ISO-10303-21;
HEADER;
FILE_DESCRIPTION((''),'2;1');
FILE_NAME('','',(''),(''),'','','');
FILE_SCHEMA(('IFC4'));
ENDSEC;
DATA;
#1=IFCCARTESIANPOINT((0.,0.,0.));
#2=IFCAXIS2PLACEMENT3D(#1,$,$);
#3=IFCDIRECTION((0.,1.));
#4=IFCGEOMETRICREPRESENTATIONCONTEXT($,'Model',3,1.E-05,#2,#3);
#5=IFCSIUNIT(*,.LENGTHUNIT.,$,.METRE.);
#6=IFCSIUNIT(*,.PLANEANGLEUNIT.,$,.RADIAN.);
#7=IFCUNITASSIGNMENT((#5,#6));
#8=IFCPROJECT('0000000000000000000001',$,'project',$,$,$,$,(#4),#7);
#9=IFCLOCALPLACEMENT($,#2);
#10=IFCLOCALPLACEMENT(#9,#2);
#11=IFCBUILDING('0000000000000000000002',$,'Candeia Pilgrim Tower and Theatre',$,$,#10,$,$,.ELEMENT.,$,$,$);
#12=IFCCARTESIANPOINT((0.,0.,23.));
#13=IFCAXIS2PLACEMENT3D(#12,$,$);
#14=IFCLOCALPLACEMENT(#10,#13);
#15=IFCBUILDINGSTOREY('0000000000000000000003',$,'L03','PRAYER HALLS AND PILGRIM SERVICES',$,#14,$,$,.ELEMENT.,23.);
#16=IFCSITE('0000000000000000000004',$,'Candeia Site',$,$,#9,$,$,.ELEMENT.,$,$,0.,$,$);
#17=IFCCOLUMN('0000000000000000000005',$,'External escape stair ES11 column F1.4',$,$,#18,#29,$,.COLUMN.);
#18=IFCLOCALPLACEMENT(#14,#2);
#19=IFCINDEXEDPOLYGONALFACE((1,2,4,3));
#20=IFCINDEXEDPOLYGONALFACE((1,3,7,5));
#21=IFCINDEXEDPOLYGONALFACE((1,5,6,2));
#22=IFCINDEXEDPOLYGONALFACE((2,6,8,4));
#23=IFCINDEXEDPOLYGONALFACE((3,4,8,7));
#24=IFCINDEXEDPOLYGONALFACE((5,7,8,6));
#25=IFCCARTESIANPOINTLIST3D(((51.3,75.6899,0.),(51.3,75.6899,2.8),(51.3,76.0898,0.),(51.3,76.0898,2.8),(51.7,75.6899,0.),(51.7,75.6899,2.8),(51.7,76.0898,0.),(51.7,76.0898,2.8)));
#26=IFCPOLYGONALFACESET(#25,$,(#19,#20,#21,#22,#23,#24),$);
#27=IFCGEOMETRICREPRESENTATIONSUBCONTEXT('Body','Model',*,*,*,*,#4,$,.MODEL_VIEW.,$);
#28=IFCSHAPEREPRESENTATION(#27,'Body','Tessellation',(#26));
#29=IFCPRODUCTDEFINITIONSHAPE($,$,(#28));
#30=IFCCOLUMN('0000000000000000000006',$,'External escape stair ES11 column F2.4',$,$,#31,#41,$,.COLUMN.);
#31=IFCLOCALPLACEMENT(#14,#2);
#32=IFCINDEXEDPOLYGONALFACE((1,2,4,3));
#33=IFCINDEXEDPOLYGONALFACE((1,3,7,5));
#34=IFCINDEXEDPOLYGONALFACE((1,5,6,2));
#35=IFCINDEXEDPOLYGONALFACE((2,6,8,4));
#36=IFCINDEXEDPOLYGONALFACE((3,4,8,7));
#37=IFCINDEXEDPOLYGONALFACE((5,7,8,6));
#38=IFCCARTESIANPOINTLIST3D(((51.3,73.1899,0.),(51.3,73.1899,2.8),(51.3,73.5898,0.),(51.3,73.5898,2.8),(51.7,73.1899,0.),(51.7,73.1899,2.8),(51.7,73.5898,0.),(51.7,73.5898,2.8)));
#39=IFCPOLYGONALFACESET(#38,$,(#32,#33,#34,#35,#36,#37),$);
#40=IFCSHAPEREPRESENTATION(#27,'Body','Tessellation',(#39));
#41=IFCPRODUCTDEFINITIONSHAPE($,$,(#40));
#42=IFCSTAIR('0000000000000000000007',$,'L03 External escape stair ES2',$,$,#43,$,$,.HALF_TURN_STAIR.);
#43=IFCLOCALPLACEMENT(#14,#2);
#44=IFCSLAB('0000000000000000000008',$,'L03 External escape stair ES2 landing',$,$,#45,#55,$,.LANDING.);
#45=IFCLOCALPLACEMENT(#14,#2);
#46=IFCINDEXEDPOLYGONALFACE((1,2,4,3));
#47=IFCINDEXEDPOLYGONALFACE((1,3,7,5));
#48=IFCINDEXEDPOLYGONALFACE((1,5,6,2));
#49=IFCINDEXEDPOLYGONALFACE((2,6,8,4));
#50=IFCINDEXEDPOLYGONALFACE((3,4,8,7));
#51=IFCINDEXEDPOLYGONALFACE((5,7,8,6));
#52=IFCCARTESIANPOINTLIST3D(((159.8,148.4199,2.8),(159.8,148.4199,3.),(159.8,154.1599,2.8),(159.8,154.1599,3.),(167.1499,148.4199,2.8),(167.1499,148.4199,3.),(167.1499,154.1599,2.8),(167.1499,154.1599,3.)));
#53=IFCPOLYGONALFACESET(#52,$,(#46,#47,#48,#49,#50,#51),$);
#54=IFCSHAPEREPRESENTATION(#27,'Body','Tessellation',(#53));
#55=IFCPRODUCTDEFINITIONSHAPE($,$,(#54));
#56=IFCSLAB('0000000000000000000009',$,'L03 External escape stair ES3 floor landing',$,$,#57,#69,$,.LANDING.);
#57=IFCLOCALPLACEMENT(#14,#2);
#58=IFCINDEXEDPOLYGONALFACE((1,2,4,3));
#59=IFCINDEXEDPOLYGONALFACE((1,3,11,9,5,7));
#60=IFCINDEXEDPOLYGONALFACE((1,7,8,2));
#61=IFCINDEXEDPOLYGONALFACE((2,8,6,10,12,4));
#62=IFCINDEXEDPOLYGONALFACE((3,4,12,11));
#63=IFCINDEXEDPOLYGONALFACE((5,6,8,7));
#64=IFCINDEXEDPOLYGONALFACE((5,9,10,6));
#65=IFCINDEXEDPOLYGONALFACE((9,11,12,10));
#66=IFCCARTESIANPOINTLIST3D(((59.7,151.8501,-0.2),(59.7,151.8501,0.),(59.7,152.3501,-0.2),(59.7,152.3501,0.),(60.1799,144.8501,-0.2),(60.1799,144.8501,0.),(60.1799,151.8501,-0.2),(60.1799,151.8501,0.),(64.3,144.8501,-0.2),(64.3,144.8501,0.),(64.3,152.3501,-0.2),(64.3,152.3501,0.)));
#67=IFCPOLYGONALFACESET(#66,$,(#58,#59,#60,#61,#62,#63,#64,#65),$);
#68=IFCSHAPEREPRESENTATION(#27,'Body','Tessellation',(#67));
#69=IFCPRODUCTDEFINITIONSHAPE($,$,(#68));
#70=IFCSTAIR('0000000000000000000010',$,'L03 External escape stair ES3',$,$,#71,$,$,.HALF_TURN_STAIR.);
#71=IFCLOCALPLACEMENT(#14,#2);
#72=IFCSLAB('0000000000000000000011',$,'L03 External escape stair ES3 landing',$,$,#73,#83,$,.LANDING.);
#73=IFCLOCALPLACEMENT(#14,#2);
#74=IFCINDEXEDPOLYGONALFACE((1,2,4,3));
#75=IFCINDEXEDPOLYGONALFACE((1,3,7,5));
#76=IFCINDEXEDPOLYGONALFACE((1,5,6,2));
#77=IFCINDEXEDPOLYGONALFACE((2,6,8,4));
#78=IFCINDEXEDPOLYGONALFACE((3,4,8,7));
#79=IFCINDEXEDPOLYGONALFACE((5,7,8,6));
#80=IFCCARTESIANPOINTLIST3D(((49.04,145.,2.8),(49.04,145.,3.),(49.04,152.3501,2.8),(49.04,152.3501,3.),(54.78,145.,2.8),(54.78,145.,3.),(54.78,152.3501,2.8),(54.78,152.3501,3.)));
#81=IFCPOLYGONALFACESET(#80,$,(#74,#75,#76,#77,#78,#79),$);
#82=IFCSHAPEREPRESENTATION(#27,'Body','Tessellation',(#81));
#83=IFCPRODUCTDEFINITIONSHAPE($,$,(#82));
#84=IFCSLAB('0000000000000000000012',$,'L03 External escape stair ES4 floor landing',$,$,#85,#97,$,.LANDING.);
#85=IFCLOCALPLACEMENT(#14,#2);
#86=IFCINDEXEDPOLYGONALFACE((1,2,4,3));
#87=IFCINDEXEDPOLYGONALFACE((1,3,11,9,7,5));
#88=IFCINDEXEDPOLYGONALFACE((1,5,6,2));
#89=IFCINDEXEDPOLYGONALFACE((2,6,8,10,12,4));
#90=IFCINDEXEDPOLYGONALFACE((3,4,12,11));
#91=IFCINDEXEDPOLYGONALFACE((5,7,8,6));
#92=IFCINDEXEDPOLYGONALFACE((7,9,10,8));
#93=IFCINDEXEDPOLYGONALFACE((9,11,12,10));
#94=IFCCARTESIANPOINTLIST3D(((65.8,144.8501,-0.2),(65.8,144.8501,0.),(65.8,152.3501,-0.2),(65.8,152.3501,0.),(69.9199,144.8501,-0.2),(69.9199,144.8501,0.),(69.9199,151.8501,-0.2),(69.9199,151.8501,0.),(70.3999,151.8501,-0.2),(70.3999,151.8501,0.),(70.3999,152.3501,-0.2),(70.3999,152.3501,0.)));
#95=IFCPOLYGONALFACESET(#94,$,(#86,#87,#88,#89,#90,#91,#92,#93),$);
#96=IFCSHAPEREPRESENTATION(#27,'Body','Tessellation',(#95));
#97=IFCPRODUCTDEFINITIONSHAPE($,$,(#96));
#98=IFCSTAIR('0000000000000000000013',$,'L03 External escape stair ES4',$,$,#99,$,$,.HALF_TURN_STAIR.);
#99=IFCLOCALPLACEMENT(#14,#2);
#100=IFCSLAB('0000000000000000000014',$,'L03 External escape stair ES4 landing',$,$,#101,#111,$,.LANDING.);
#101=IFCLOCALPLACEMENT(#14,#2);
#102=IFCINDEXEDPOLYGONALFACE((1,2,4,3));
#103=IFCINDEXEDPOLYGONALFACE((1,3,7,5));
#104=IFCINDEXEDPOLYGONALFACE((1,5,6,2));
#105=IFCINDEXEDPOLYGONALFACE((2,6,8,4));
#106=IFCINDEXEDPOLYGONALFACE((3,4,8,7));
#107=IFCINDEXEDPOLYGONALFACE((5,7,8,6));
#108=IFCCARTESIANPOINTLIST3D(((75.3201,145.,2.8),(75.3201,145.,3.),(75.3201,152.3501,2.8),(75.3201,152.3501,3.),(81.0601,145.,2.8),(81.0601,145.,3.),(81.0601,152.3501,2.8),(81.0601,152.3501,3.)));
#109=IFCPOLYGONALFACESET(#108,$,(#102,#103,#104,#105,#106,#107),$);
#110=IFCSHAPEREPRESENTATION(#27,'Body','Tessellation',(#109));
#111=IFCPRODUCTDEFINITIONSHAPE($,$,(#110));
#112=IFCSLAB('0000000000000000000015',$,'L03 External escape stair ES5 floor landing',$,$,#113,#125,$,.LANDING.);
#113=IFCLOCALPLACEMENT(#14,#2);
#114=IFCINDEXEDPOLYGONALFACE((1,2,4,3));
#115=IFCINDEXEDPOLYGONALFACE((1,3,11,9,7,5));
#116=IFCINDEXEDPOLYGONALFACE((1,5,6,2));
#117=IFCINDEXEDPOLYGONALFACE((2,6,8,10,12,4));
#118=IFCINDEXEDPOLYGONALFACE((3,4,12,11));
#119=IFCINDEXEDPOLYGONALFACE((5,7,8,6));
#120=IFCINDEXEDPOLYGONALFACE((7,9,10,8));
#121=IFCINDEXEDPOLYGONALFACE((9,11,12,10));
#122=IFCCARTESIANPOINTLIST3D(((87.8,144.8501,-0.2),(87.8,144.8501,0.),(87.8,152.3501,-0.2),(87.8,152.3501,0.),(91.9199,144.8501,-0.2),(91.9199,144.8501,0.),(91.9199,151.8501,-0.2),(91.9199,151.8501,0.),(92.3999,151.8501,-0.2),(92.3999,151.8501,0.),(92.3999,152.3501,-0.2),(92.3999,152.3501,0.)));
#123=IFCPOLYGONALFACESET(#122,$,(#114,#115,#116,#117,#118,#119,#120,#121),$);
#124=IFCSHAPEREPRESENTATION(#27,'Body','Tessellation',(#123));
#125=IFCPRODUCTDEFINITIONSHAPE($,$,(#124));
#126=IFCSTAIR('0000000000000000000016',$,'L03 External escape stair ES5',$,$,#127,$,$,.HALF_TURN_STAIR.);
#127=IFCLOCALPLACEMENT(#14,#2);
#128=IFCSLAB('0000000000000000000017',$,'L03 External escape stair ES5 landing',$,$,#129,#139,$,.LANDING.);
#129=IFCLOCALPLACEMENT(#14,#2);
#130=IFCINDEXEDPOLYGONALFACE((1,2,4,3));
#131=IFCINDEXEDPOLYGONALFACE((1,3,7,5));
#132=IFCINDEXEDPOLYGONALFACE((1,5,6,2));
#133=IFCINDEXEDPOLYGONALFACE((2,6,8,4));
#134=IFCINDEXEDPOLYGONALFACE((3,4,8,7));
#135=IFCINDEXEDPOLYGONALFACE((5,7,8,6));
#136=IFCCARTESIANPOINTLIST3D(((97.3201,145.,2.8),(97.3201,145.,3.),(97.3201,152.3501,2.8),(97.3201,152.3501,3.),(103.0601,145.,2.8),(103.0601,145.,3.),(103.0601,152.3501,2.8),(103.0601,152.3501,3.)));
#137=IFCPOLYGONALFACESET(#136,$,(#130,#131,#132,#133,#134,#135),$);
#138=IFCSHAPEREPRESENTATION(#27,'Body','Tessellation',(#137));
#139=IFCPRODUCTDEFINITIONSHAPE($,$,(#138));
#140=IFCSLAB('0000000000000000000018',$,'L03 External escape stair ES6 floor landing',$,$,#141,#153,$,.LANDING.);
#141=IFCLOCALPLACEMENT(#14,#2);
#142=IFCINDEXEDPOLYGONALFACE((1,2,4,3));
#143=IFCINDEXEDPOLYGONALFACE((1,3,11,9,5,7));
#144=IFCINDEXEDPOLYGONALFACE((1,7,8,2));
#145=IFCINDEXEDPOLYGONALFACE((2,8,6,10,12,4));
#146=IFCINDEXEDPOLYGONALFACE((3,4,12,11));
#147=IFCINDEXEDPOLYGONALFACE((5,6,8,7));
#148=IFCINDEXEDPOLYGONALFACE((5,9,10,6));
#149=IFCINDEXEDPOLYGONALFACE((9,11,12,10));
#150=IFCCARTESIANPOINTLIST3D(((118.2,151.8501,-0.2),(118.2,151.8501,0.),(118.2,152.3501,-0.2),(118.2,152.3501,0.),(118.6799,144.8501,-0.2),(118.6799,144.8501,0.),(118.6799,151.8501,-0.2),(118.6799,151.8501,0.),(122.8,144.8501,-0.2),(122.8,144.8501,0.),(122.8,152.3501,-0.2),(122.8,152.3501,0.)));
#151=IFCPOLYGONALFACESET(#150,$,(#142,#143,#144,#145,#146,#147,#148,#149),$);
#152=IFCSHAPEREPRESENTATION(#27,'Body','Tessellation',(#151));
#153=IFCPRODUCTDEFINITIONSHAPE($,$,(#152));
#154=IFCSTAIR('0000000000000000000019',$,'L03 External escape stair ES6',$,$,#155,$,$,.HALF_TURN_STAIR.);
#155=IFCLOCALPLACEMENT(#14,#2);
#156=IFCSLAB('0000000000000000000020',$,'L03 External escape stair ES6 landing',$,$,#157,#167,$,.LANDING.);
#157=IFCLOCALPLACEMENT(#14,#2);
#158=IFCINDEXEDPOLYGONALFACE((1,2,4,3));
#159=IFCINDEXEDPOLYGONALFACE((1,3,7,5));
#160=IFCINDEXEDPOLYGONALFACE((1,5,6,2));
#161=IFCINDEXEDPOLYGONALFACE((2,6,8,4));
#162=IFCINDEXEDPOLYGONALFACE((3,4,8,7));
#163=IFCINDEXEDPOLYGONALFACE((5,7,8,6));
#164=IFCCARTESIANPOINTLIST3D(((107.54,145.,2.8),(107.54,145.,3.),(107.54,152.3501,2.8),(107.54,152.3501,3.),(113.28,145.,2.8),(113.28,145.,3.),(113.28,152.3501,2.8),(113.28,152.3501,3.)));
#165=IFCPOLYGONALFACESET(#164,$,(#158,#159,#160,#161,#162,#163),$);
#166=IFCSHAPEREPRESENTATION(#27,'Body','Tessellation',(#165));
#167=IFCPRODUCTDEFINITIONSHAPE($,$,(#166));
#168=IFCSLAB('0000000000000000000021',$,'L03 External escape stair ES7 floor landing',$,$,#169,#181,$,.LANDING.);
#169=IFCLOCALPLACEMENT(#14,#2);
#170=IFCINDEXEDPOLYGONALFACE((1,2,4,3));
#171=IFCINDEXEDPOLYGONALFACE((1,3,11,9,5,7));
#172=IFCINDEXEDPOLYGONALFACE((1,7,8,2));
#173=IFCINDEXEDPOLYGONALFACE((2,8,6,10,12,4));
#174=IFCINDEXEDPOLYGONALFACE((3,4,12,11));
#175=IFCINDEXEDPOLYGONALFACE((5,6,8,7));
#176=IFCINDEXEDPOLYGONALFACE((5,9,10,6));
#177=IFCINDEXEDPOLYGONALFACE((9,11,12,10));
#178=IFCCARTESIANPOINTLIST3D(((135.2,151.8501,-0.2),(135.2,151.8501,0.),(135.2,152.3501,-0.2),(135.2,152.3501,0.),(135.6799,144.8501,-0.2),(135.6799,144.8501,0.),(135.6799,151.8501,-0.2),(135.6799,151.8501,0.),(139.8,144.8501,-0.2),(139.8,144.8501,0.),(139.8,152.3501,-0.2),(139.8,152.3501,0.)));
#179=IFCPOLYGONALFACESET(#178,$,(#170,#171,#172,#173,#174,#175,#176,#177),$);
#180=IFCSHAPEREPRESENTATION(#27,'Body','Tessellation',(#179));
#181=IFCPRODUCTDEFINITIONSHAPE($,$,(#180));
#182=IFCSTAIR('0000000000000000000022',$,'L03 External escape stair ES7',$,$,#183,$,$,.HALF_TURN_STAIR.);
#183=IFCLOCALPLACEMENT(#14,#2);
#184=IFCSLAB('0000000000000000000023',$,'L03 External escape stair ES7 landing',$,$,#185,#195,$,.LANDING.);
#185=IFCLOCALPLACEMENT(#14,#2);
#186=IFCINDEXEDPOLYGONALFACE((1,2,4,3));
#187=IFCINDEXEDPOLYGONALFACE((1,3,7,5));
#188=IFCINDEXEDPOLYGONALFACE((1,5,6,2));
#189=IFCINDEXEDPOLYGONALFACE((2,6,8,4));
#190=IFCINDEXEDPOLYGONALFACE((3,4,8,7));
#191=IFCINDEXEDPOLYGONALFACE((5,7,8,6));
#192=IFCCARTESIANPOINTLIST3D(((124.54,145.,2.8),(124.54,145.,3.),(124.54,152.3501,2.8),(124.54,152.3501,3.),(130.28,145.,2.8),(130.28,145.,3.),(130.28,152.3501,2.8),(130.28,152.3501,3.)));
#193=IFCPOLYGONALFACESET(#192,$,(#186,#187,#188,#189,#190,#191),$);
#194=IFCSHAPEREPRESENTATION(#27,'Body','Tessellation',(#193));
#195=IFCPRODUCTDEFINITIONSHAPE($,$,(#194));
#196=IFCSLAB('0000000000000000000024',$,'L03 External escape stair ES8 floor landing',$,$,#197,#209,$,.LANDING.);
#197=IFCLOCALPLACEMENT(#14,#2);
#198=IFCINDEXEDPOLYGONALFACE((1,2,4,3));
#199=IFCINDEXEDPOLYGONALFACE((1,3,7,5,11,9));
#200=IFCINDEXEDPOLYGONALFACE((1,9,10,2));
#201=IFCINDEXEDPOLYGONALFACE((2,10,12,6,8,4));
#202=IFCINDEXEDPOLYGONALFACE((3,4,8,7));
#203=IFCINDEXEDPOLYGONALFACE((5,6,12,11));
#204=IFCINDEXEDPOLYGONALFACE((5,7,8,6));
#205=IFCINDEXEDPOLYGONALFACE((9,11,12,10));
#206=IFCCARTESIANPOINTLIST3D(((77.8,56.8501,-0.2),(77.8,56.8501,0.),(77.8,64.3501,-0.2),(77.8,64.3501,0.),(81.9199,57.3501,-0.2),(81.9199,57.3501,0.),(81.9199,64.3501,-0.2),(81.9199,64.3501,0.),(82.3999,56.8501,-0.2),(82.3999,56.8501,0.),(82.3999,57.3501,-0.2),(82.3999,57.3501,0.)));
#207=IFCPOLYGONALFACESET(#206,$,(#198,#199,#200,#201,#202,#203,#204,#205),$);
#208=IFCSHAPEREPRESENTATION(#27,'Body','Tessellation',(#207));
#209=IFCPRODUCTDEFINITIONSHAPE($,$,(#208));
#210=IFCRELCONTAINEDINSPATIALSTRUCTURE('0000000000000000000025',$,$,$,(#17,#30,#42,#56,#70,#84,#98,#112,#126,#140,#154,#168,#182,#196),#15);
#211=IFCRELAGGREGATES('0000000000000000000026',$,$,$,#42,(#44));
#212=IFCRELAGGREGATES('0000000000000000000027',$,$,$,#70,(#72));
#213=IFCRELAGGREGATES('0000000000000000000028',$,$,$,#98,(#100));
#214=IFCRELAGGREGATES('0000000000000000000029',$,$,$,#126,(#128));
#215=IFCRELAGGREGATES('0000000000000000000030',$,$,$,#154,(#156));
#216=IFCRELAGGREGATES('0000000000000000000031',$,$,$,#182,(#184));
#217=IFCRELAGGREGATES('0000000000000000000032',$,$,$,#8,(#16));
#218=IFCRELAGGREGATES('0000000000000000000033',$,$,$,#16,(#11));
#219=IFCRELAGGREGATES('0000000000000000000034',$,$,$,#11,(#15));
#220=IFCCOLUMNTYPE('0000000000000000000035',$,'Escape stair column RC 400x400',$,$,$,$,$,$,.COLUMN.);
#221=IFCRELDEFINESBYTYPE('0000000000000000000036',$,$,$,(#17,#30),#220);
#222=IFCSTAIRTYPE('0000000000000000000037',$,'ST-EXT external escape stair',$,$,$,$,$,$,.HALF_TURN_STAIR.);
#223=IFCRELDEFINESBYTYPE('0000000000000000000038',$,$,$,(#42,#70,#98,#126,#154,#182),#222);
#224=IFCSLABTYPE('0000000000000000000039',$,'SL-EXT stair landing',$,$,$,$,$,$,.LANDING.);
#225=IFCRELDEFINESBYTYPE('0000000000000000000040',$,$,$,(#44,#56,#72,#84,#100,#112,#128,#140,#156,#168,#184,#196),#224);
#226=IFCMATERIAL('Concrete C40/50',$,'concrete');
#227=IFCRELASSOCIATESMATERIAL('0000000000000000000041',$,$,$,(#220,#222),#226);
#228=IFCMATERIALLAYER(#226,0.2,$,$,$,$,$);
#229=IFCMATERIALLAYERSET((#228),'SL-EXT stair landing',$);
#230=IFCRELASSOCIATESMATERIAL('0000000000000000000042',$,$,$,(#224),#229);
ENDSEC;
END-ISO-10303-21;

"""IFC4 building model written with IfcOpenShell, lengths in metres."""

from ifc_helpers import new_model, si_unit, direction, frame, origin, origin_2d, place, context, subcontext, project, spatial, polyline, rectangle, outline, extrude, material, layer, layer_set, material_profile, profile_set, type_object, element, aggregate, save


model = new_model("IFC4")

# Units and contexts
model_context = context("Model", 3, precision=1e-05, world=origin(), true_north=direction((0.0, 1.0)))
body_context = subcontext(model_context, "Body", "Model", "MODEL_VIEW")
ifc_project = project(units=[si_unit("LENGTHUNIT", "METRE"), si_unit("PLANEANGLEUNIT", "RADIAN")], contexts=[model_context])

# Site, building, storey
site_placement = place(None, origin())
site = spatial("IfcSite", under=ifc_project, at=site_placement, Name="Candeia Site", CompositionType="ELEMENT", RefElevation=0.0)
building_placement = place(site_placement, origin())
building = spatial("IfcBuilding", under=site, at=building_placement, Name="Candeia Pilgrim Tower and Theatre", CompositionType="ELEMENT")
storey_placement = place(building_placement, frame((0.0, 0.0, 23.0)))
storey = spatial("IfcBuildingStorey", under=building, at=storey_placement, Name="L03", Description="PRAYER HALLS AND PILGRIM SERVICES", CompositionType="ELEMENT", Elevation=23.0)

# Columns
ifc_material_1 = material(Name="Concrete C40/50", Category="concrete")
ifc_material_profile = material_profile(ifc_material_1, rectangle(XDim=0.3999, YDim=0.3999, at=origin_2d()))
ifc_profile_set = profile_set([ifc_material_profile], Name="Concrete C40/50")
column_type = type_object("IfcColumnType", Name="Escape stair column RC 400x400", PredefinedType="COLUMN", material=ifc_profile_set)
for number, where, z_axis, x_axis, name in (
    (1, (51.5, 75.8899, 0.0), (0.0, 0.0, 1.0), (1.0, 0.0, 0.0), "External escape stair ES11 column F1.4"),
    (2, (51.5, 73.3899, 0.0), (0.0, 0.0, 1.0), (1.0, 0.0, 0.0), "External escape stair ES11 column F2.4"),
):
    element("IfcColumn", number, at=place(storey_placement, frame(where, z_axis=z_axis, x_axis=x_axis)), inside=storey, type_object=column_type, Name=name, PredefinedType="COLUMN", context=body_context, shape_type="SweptSolid", body=[
        extrude(rectangle(XDim=0.3999, YDim=0.3999, at=origin_2d()), origin(), (0.0, 0.0, 1.0), 2.8),
    ])

# Stair, slab
stair_type = type_object("IfcStairType", Name="ST-EXT external escape stair", PredefinedType="HALF_TURN_STAIR", material=ifc_material_1)
stair_1_placement = place(storey_placement, origin())
stair_1 = element("IfcStair", 3, at=stair_1_placement, inside=storey, type_object=stair_type, Name="L03 External escape stair ES2", PredefinedType="HALF_TURN_STAIR")
ifc_layer = layer(ifc_material_1, 0.2)
ifc_layer_set = layer_set([ifc_layer], Name="SL-EXT stair landing")
slab_type = type_object("IfcSlabType", Name="SL-EXT stair landing", PredefinedType="LANDING", material=ifc_layer_set)
slab_1_placement = place(storey_placement, frame((0.0, 0.0, 2.8)))
slab_1 = element("IfcSlab", 4, at=slab_1_placement, type_object=slab_type, Name="L03 External escape stair ES2 landing", PredefinedType="LANDING", context=body_context, shape_type="SweptSolid", body=[
    extrude(outline(polyline([(159.8, 148.4199), (159.8, 154.1599), (167.1499, 154.1599), (167.1499, 148.4199), (159.8, 148.4199)])), origin(), (0.0, 0.0, 1.0), 0.2),
])
aggregate(stair_1, [slab_1])

# Slab
slab_2_placement = place(storey_placement, frame((0.0, 0.0, -0.2)))
element("IfcSlab", 5, at=slab_2_placement, inside=storey, type_object=slab_type, Name="L03 External escape stair ES3 floor landing", PredefinedType="LANDING", context=body_context, shape_type="SweptSolid", body=[
    extrude(outline(polyline([(64.3, 144.8501), (60.1799, 144.8501), (60.1799, 151.8501), (59.7, 151.8501), (59.7, 152.3501), (64.3, 152.3501), (64.3, 144.8501)])), origin(), (0.0, 0.0, 1.0), 0.2),
])

# Stair, slab
stair_2_placement = place(storey_placement, origin())
stair_2 = element("IfcStair", 6, at=stair_2_placement, inside=storey, type_object=stair_type, Name="L03 External escape stair ES3", PredefinedType="HALF_TURN_STAIR")
slab_3_placement = place(storey_placement, frame((0.0, 0.0, 2.8)))
slab_3 = element("IfcSlab", 7, at=slab_3_placement, type_object=slab_type, Name="L03 External escape stair ES3 landing", PredefinedType="LANDING", context=body_context, shape_type="SweptSolid", body=[
    extrude(outline(polyline([(54.78, 145.0), (49.04, 145.0), (49.04, 152.3501), (54.78, 152.3501), (54.78, 145.0)])), origin(), (0.0, 0.0, 1.0), 0.2),
])
aggregate(stair_2, [slab_3])

# Slab
slab_4_placement = place(storey_placement, frame((0.0, 0.0, -0.2)))
element("IfcSlab", 8, at=slab_4_placement, inside=storey, type_object=slab_type, Name="L03 External escape stair ES4 floor landing", PredefinedType="LANDING", context=body_context, shape_type="SweptSolid", body=[
    extrude(outline(polyline([(65.8, 144.8501), (69.9199, 144.8501), (69.9199, 151.8501), (70.3999, 151.8501), (70.3999, 152.3501), (65.8, 152.3501), (65.8, 144.8501)])), origin(), (0.0, 0.0, 1.0), 0.2),
])

# Stair, slab
stair_3_placement = place(storey_placement, origin())
stair_3 = element("IfcStair", 9, at=stair_3_placement, inside=storey, type_object=stair_type, Name="L03 External escape stair ES4", PredefinedType="HALF_TURN_STAIR")
slab_5_placement = place(storey_placement, frame((0.0, 0.0, 2.8)))
slab_5 = element("IfcSlab", 10, at=slab_5_placement, type_object=slab_type, Name="L03 External escape stair ES4 landing", PredefinedType="LANDING", context=body_context, shape_type="SweptSolid", body=[
    extrude(outline(polyline([(75.3201, 145.0), (81.0601, 145.0), (81.0601, 152.3501), (75.3201, 152.3501), (75.3201, 145.0)])), origin(), (0.0, 0.0, 1.0), 0.2),
])
aggregate(stair_3, [slab_5])

# Slab
slab_6_placement = place(storey_placement, frame((0.0, 0.0, -0.2)))
element("IfcSlab", 11, at=slab_6_placement, inside=storey, type_object=slab_type, Name="L03 External escape stair ES5 floor landing", PredefinedType="LANDING", context=body_context, shape_type="SweptSolid", body=[
    extrude(outline(polyline([(87.8, 144.8501), (91.9199, 144.8501), (91.9199, 151.8501), (92.3999, 151.8501), (92.3999, 152.3501), (87.8, 152.3501), (87.8, 144.8501)])), origin(), (0.0, 0.0, 1.0), 0.2),
])

# Stair, slab
stair_4_placement = place(storey_placement, origin())
stair_4 = element("IfcStair", 12, at=stair_4_placement, inside=storey, type_object=stair_type, Name="L03 External escape stair ES5", PredefinedType="HALF_TURN_STAIR")
slab_7_placement = place(storey_placement, frame((0.0, 0.0, 2.8)))
slab_7 = element("IfcSlab", 13, at=slab_7_placement, type_object=slab_type, Name="L03 External escape stair ES5 landing", PredefinedType="LANDING", context=body_context, shape_type="SweptSolid", body=[
    extrude(outline(polyline([(97.3201, 145.0), (103.0601, 145.0), (103.0601, 152.3501), (97.3201, 152.3501), (97.3201, 145.0)])), origin(), (0.0, 0.0, 1.0), 0.2),
])
aggregate(stair_4, [slab_7])

# Slab
slab_8_placement = place(storey_placement, frame((0.0, 0.0, -0.2)))
element("IfcSlab", 14, at=slab_8_placement, inside=storey, type_object=slab_type, Name="L03 External escape stair ES6 floor landing", PredefinedType="LANDING", context=body_context, shape_type="SweptSolid", body=[
    extrude(outline(polyline([(122.8, 144.8501), (118.6799, 144.8501), (118.6799, 151.8501), (118.2, 151.8501), (118.2, 152.3501), (122.8, 152.3501), (122.8, 144.8501)])), origin(), (0.0, 0.0, 1.0), 0.2),
])

# Stair, slab
stair_5_placement = place(storey_placement, origin())
stair_5 = element("IfcStair", 15, at=stair_5_placement, inside=storey, type_object=stair_type, Name="L03 External escape stair ES6", PredefinedType="HALF_TURN_STAIR")
slab_9_placement = place(storey_placement, frame((0.0, 0.0, 2.8)))
slab_9 = element("IfcSlab", 16, at=slab_9_placement, type_object=slab_type, Name="L03 External escape stair ES6 landing", PredefinedType="LANDING", context=body_context, shape_type="SweptSolid", body=[
    extrude(outline(polyline([(113.28, 145.0), (107.54, 145.0), (107.54, 152.3501), (113.28, 152.3501), (113.28, 145.0)])), origin(), (0.0, 0.0, 1.0), 0.2),
])
aggregate(stair_5, [slab_9])

# Slab
slab_10_placement = place(storey_placement, frame((0.0, 0.0, -0.2)))
element("IfcSlab", 17, at=slab_10_placement, inside=storey, type_object=slab_type, Name="L03 External escape stair ES7 floor landing", PredefinedType="LANDING", context=body_context, shape_type="SweptSolid", body=[
    extrude(outline(polyline([(139.8, 144.8501), (135.6799, 144.8501), (135.6799, 151.8501), (135.2, 151.8501), (135.2, 152.3501), (139.8, 152.3501), (139.8, 144.8501)])), origin(), (0.0, 0.0, 1.0), 0.2),
])

# Stair, slab
stair_6_placement = place(storey_placement, origin())
stair_6 = element("IfcStair", 18, at=stair_6_placement, inside=storey, type_object=stair_type, Name="L03 External escape stair ES7", PredefinedType="HALF_TURN_STAIR")
slab_11_placement = place(storey_placement, frame((0.0, 0.0, 2.8)))
slab_11 = element("IfcSlab", 19, at=slab_11_placement, type_object=slab_type, Name="L03 External escape stair ES7 landing", PredefinedType="LANDING", context=body_context, shape_type="SweptSolid", body=[
    extrude(outline(polyline([(130.28, 145.0), (124.54, 145.0), (124.54, 152.3501), (130.28, 152.3501), (130.28, 145.0)])), origin(), (0.0, 0.0, 1.0), 0.2),
])
aggregate(stair_6, [slab_11])

# Slab
slab_12_placement = place(storey_placement, frame((0.0, 0.0, -0.2)))
element("IfcSlab", 20, at=slab_12_placement, inside=storey, type_object=slab_type, Name="L03 External escape stair ES8 floor landing", PredefinedType="LANDING", context=body_context, shape_type="SweptSolid", body=[
    extrude(outline(polyline([(77.8, 64.3501), (81.9199, 64.3501), (81.9199, 57.3501), (82.3999, 57.3501), (82.3999, 56.8501), (77.8, 56.8501), (77.8, 64.3501)])), origin(), (0.0, 0.0, 1.0), 0.2),
])

save(model, "model.ifc")
